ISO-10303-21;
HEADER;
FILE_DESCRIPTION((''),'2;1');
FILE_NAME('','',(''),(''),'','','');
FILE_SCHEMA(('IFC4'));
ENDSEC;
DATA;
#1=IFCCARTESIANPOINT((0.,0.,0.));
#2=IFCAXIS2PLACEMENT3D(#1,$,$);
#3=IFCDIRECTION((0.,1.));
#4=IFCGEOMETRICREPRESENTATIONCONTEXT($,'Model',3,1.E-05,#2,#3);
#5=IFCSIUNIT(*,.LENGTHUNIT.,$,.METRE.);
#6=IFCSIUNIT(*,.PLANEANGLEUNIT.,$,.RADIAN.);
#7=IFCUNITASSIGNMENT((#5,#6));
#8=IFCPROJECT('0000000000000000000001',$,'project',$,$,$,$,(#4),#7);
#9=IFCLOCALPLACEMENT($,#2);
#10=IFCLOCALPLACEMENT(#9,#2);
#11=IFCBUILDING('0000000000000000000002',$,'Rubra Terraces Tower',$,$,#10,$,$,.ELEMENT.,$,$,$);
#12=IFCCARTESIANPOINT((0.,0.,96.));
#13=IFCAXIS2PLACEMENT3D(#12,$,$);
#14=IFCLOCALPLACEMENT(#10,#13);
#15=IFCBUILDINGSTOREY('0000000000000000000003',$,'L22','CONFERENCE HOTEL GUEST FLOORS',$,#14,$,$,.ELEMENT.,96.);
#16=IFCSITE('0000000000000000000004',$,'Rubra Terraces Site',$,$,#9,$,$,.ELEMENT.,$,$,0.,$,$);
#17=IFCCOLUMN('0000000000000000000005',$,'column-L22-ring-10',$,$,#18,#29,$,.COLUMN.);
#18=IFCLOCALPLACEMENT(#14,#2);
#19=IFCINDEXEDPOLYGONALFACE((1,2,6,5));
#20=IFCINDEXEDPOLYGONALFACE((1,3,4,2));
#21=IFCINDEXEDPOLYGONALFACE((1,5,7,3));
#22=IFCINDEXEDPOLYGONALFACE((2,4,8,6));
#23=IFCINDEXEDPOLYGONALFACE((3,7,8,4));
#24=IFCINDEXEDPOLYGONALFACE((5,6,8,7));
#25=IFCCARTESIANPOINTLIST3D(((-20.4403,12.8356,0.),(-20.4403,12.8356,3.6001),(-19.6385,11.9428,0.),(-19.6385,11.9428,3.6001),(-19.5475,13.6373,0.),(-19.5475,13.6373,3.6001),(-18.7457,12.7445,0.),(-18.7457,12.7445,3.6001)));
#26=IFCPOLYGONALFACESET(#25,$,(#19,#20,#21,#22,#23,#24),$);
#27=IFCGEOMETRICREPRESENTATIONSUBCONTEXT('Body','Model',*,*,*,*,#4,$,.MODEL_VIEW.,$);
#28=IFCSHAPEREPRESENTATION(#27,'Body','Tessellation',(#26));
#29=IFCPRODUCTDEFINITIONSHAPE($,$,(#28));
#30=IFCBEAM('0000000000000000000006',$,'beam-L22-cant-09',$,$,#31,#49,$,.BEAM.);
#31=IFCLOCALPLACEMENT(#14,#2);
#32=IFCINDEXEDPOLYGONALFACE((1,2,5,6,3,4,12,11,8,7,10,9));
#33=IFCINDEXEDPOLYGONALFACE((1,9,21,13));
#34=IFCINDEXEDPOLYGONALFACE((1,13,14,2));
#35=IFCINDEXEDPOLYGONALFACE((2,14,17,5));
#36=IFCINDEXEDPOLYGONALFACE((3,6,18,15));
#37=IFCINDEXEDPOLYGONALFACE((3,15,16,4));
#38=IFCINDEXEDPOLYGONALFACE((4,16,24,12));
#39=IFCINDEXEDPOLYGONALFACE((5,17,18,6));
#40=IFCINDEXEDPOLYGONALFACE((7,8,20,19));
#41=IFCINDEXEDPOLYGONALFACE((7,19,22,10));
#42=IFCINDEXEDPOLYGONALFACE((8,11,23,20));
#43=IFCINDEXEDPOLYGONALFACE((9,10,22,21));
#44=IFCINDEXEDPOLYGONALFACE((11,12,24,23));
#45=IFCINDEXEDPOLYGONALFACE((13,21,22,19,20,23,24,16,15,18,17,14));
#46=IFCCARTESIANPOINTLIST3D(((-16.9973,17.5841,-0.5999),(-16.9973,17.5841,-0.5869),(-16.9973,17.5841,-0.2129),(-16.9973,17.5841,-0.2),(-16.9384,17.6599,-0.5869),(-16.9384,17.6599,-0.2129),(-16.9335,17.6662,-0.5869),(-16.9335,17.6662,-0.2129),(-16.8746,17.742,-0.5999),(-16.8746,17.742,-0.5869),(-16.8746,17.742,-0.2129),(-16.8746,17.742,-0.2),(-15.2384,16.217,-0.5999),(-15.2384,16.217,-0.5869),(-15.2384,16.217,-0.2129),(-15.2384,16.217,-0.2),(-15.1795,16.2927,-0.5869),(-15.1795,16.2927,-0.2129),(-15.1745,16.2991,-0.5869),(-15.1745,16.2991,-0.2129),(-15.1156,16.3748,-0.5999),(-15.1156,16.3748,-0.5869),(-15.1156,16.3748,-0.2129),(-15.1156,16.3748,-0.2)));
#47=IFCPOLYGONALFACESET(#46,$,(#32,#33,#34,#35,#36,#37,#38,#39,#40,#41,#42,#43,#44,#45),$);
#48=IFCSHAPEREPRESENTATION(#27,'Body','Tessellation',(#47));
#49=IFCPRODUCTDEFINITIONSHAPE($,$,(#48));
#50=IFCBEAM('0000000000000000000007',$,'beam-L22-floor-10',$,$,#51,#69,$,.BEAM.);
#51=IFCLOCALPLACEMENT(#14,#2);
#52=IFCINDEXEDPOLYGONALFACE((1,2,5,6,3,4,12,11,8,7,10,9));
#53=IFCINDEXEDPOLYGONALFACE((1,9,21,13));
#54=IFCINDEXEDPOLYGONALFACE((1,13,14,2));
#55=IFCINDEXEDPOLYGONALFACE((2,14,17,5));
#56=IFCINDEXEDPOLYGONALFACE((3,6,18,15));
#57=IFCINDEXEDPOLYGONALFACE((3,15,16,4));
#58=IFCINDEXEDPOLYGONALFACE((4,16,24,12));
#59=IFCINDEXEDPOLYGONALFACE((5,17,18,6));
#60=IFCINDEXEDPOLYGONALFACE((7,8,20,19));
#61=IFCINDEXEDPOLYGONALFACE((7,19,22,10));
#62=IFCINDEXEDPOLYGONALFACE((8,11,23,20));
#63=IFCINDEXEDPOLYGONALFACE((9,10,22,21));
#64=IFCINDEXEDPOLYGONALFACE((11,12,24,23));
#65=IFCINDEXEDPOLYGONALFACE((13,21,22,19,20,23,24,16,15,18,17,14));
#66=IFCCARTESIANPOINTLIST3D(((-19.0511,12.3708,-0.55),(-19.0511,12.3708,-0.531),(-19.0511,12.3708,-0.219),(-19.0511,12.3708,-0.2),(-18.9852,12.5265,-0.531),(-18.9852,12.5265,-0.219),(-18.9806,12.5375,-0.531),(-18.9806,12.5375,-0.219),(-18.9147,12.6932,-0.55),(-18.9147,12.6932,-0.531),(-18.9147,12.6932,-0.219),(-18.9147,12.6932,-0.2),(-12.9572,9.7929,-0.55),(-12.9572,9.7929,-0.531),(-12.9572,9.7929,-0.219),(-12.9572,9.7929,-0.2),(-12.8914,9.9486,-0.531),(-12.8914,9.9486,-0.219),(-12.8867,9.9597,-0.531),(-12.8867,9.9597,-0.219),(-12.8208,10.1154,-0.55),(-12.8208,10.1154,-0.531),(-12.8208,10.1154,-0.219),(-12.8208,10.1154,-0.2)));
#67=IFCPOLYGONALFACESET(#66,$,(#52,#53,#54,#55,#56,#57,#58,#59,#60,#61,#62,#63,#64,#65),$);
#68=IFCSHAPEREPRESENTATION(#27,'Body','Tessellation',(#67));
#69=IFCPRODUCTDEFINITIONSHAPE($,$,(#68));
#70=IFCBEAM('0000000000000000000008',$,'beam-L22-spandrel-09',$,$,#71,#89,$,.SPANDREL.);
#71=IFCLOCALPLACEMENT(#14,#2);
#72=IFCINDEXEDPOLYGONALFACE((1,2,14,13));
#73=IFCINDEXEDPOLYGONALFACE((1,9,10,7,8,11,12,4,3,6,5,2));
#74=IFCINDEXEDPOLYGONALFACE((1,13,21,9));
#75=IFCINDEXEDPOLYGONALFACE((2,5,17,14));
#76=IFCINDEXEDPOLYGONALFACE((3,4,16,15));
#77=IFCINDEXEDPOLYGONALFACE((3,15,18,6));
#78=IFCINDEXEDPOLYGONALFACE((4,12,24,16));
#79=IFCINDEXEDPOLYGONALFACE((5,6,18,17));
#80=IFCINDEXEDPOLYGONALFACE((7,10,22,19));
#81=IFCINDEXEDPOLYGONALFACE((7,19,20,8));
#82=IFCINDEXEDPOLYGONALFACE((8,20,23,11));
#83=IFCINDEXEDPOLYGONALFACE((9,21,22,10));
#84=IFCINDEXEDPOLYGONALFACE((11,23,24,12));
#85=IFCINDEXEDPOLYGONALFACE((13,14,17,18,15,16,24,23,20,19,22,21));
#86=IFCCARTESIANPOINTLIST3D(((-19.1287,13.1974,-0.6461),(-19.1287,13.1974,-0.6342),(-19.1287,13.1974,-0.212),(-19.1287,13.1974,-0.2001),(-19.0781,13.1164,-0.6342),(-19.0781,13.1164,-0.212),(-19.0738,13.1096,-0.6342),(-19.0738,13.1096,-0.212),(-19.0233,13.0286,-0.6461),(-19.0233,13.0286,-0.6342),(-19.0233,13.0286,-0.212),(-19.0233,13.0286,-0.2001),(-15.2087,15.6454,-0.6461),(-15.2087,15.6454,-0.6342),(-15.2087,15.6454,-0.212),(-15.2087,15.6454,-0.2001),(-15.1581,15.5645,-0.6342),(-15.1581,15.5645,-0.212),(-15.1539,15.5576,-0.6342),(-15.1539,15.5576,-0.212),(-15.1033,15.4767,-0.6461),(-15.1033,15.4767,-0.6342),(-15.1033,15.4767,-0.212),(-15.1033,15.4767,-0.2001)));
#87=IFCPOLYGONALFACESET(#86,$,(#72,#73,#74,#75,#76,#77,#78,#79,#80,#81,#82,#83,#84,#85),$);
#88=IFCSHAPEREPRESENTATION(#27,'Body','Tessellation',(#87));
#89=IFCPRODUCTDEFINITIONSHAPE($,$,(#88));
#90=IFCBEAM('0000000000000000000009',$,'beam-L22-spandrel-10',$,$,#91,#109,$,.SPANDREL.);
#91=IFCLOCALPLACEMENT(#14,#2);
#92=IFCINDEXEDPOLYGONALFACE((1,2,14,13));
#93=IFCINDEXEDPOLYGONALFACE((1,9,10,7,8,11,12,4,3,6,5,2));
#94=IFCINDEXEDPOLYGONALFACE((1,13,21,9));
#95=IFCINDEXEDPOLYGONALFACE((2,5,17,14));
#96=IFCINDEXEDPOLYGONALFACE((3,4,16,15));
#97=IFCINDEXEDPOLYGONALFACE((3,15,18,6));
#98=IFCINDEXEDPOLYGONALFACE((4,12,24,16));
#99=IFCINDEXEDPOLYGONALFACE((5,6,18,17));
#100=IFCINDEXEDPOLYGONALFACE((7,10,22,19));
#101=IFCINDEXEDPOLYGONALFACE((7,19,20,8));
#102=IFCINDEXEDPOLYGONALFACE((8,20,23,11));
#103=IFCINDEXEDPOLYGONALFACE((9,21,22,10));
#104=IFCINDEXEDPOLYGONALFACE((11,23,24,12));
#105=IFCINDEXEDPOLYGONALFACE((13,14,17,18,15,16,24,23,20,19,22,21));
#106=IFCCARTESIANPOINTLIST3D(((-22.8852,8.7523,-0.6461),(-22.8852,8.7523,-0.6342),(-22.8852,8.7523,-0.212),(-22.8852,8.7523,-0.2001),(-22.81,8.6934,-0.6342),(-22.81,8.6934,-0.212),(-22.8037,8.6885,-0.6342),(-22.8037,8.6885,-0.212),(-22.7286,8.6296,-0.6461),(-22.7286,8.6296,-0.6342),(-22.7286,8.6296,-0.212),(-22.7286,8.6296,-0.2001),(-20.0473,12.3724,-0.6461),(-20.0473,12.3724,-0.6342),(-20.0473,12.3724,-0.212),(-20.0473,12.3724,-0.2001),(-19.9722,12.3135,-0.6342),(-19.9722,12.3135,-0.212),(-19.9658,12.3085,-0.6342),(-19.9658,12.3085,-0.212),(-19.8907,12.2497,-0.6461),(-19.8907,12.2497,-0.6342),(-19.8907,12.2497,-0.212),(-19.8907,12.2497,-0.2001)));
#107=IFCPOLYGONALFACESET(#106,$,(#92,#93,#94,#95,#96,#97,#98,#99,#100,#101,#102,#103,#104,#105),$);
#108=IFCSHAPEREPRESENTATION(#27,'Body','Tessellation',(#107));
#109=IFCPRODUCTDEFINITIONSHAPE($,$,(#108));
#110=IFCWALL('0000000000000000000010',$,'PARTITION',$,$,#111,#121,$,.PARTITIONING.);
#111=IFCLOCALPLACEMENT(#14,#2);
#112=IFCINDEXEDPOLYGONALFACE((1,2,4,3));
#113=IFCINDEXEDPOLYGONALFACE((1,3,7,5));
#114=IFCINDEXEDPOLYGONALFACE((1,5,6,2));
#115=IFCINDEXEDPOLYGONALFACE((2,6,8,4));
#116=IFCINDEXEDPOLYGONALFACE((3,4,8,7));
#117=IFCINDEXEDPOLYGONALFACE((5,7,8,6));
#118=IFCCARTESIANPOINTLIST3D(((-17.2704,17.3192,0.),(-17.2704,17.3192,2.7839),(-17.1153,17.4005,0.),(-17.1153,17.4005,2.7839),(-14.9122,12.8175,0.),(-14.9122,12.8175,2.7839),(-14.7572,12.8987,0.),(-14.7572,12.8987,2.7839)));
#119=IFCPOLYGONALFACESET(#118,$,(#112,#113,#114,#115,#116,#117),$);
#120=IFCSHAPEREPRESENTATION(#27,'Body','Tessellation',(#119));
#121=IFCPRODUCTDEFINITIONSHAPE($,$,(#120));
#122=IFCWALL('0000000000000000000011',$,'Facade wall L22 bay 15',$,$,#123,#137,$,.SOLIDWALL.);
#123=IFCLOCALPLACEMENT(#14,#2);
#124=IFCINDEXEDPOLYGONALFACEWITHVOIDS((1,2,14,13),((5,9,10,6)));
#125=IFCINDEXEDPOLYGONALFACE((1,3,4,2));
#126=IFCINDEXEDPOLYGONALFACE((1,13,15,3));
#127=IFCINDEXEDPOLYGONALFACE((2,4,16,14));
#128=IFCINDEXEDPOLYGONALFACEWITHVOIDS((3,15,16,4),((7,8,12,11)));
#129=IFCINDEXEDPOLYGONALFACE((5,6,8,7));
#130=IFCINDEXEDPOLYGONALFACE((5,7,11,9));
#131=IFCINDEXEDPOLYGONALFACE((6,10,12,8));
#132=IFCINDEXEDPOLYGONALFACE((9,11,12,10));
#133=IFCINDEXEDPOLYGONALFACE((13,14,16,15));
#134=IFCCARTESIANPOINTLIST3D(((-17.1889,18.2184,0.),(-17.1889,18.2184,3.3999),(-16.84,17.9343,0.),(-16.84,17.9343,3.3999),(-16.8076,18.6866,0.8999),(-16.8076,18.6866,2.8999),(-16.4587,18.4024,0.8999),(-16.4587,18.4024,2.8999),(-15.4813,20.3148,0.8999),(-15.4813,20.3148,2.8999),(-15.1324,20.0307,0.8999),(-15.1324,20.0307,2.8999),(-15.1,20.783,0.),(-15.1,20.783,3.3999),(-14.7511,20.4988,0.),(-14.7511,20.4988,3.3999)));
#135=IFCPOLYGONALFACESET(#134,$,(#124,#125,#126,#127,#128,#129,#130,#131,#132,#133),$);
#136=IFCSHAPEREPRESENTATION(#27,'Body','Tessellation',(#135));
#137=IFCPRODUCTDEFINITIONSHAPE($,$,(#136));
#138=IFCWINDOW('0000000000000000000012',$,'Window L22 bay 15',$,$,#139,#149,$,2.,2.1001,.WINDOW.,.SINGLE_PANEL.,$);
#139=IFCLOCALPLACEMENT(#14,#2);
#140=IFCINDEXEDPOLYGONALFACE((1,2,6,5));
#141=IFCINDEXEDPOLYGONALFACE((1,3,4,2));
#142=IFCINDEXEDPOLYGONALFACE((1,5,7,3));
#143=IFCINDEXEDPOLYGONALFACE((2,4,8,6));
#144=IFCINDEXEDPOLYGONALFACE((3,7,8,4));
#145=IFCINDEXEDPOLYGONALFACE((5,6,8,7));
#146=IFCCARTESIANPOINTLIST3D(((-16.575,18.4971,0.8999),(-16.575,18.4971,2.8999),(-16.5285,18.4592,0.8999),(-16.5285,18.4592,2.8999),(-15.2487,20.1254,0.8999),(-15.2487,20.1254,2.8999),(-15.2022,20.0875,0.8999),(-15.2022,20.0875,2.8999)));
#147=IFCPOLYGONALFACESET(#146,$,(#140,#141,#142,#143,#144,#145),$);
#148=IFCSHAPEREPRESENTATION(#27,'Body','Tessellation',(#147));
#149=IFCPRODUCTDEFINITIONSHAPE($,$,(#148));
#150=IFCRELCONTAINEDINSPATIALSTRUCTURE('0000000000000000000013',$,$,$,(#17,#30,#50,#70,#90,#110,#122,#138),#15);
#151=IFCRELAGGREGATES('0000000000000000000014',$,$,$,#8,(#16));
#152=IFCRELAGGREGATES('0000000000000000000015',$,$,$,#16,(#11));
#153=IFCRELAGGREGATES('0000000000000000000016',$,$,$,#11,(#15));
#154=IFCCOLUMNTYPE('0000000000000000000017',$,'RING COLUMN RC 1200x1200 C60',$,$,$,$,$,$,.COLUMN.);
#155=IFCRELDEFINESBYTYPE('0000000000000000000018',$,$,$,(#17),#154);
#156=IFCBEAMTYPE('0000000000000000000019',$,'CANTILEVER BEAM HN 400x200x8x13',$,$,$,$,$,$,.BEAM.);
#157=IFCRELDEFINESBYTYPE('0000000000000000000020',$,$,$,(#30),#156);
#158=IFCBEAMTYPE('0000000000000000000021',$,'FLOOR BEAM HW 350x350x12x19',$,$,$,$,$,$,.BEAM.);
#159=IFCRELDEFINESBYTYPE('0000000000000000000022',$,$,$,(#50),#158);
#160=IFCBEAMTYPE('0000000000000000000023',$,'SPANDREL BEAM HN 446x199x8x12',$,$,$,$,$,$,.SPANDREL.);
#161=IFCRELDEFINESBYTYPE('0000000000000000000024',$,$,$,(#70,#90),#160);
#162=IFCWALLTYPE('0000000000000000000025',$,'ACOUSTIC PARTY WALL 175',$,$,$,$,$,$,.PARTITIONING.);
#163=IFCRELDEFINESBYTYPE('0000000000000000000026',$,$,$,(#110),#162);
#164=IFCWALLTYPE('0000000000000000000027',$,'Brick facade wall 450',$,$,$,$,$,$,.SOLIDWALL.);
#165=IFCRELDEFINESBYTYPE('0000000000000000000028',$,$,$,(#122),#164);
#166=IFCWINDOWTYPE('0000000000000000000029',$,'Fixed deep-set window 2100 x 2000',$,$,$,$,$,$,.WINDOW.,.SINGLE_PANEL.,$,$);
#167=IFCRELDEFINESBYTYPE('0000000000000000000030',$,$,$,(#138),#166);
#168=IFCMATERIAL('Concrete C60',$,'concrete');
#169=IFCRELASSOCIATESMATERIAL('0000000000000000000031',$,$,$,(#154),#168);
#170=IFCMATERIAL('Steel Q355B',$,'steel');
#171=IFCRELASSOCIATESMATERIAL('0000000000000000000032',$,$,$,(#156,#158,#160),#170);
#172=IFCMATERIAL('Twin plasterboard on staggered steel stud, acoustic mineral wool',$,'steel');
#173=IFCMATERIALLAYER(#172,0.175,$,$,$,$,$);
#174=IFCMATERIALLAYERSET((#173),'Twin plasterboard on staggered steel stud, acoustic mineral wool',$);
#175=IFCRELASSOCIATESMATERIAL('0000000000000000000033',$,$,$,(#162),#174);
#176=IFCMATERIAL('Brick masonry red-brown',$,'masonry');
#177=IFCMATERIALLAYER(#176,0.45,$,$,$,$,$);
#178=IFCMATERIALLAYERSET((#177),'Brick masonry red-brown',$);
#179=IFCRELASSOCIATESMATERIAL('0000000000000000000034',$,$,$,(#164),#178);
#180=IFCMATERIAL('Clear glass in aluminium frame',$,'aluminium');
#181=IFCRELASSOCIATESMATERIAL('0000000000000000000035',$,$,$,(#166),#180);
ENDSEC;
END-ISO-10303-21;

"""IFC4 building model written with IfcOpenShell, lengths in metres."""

from ifc_helpers import new_model, si_unit, direction, frame, frame_2d, origin, origin_2d, place, context, subcontext, project, spatial, rectangle, i_section, extrude, material, layer, layer_set, material_profile, profile_set, type_object, element, fill, save


model = new_model("IFC4")

# Units and contexts
model_context = context("Model", 3, precision=1e-05, world=origin(), true_north=direction((0.0, 1.0)))
body_context = subcontext(model_context, "Body", "Model", "MODEL_VIEW")
ifc_project = project(units=[si_unit("LENGTHUNIT", "METRE"), si_unit("PLANEANGLEUNIT", "RADIAN")], contexts=[model_context])

# Site, building, storey
site_placement = place(None, origin())
site = spatial("IfcSite", under=ifc_project, at=site_placement, Name="Rubra Terraces Site", CompositionType="ELEMENT", RefElevation=0.0)
building_placement = place(site_placement, origin())
building = spatial("IfcBuilding", under=site, at=building_placement, Name="Rubra Terraces Tower", CompositionType="ELEMENT")
storey_placement = place(building_placement, frame((0.0, 0.0, 96.0)))
storey = spatial("IfcBuildingStorey", under=building, at=storey_placement, Name="L22", Description="CONFERENCE HOTEL GUEST FLOORS", CompositionType="ELEMENT", Elevation=96.0)

# Column
ifc_material_1 = material(Name="Concrete C60", Category="concrete")
ifc_material_profile_1 = material_profile(ifc_material_1, rectangle(XDim=1.2, YDim=1.2, at=origin_2d()), Name="RC 1200x1200")
ifc_profile_set_1 = profile_set([ifc_material_profile_1], Name="Concrete C60")
column_type = type_object("IfcColumnType", Name="RING COLUMN RC 1200x1200 C60", PredefinedType="COLUMN", material=ifc_profile_set_1)
column_placement = place(storey_placement, frame((-19.593, 12.79, 0.0), z_axis=(0.0, 0.0, 1.0), x_axis=(-0.744021, -0.668156, 0.0)))
element("IfcColumn", 1, at=column_placement, inside=storey, type_object=column_type, Name="column-L22-ring-10", PredefinedType="COLUMN", context=body_context, shape_type="SweptSolid", body=[
    extrude(rectangle(XDim=1.2, YDim=1.2, at=origin_2d()), origin(), (0.0, 0.0, 1.0), 3.6001),
])

# Beams
ifc_material_2 = material(Name="Steel Q355B", Category="steel")
ifc_material_profile_2 = material_profile(ifc_material_2, i_section(OverallWidth=0.2, OverallDepth=0.3999, WebThickness=0.0081, FlangeThickness=0.0129, at=origin_2d()), Name="HN 400x200x8x13")
ifc_profile_set_2 = profile_set([ifc_material_profile_2], Name="Steel Q355B")
beam_type_1 = type_object("IfcBeamType", Name="CANTILEVER BEAM HN 400x200x8x13", PredefinedType="BEAM", material=ifc_profile_set_2)
beam_1_placement = place(storey_placement, frame((-15.177, 16.2959, -0.3999), z_axis=(-0.789559, 0.613675, 0.0), x_axis=(-0.613675, -0.789559, 0.0)))
element("IfcBeam", 2, at=beam_1_placement, inside=storey, type_object=beam_type_1, Name="beam-L22-cant-09", PredefinedType="BEAM", context=body_context, shape_type="SweptSolid", body=[
    extrude(i_section(OverallWidth=0.2, OverallDepth=0.3999, WebThickness=0.0081, FlangeThickness=0.0129, at=origin_2d()), origin(), (0.0, 0.0, 1.0), 2.2278),
])
ifc_material_profile_3 = material_profile(ifc_material_2, i_section(OverallWidth=0.3501, OverallDepth=0.3501, WebThickness=0.012, FlangeThickness=0.019, at=origin_2d()), Name="HW 350x350x12x19")
ifc_profile_set_3 = profile_set([ifc_material_profile_3], Name="Steel Q355B")
beam_type_2 = type_object("IfcBeamType", Name="FLOOR BEAM HW 350x350x12x19", PredefinedType="BEAM", material=ifc_profile_set_3)
beam_2_placement = place(storey_placement, frame((-18.9829, 12.532, -0.375), z_axis=(0.920986, -0.389595, 0.0), x_axis=(0.389595, 0.920986, 0.0)))
element("IfcBeam", 3, at=beam_2_placement, inside=storey, type_object=beam_type_2, Name="beam-L22-floor-10", PredefinedType="BEAM", context=body_context, shape_type="SweptSolid", body=[
    extrude(i_section(OverallWidth=0.3501, OverallDepth=0.3501, WebThickness=0.012, FlangeThickness=0.019, at=origin_2d()), origin(), (0.0, 0.0, 1.0), 6.6167),
])
ifc_material_profile_4 = material_profile(ifc_material_2, i_section(OverallWidth=0.199, OverallDepth=0.446, WebThickness=0.0081, FlangeThickness=0.012, at=origin_2d()), Name="HN 446x199x8x12")
ifc_profile_set_4 = profile_set([ifc_material_profile_4], Name="Steel Q355B")
beam_type_3 = type_object("IfcBeamType", Name="SPANDREL BEAM HN 446x199x8x12", PredefinedType="SPANDREL", material=ifc_profile_set_4)
beam_3_placement = place(storey_placement, frame((-15.156, 15.561, -0.4231), z_axis=(-0.848188, -0.529695, 0.0), x_axis=(0.529695, -0.848188, 0.0)))
element("IfcBeam", 4, at=beam_3_placement, inside=storey, type_object=beam_type_3, Name="beam-L22-spandrel-09", PredefinedType="SPANDREL", context=body_context, shape_type="SweptSolid", body=[
    extrude(i_section(OverallWidth=0.199, OverallDepth=0.446, WebThickness=0.0081, FlangeThickness=0.012, at=origin_2d()), origin(), (0.0, 0.0, 1.0), 4.6216),
])
beam_4_placement = place(storey_placement, frame((-19.969, 12.311, -0.4231), z_axis=(-0.616949, -0.787003, 0.0), x_axis=(0.787003, -0.616949, 0.0)))
element("IfcBeam", 5, at=beam_4_placement, inside=storey, type_object=beam_type_3, Name="beam-L22-spandrel-10", PredefinedType="SPANDREL", context=body_context, shape_type="SweptSolid", body=[
    extrude(i_section(OverallWidth=0.199, OverallDepth=0.446, WebThickness=0.0081, FlangeThickness=0.012, at=origin_2d()), origin(), (0.0, 0.0, 1.0), 4.5999),
])

# Wall
ifc_material_3 = material(Name="Twin plasterboard on staggered steel stud, acoustic mineral wool", Category="steel")
ifc_layer_1 = layer(ifc_material_3, 0.175)
ifc_layer_set_1 = layer_set([ifc_layer_1], Name="Twin plasterboard on staggered steel stud, acoustic mineral wool")
wall_type_1 = type_object("IfcWallType", Name="ACOUSTIC PARTY WALL 175", PredefinedType="PARTITIONING", material=ifc_layer_set_1)
wall_1_placement = place(storey_placement, frame((-17.1929, 17.3599, 0.0), z_axis=(0.0, 0.0, 1.0), x_axis=(0.464025, -0.885822, 0.0)))
element("IfcWall", 6, at=wall_1_placement, inside=storey, type_object=wall_type_1, Name="PARTITION", PredefinedType="PARTITIONING", context=body_context, shape_type="SweptSolid", body=[
    extrude(rectangle(XDim=5.082, YDim=0.175, at=frame_2d((2.541, 0.0))), origin(), (0.0, 0.0, 1.0), 2.7839),
])

# Wall, opening, window
ifc_material_4 = material(Name="Brick masonry red-brown", Category="masonry")
ifc_layer_2 = layer(ifc_material_4, 0.45)
ifc_layer_set_2 = layer_set([ifc_layer_2], Name="Brick masonry red-brown")
wall_type_2 = type_object("IfcWallType", Name="Brick facade wall 450", PredefinedType="SOLIDWALL", material=ifc_layer_set_2)
wall_2_placement = place(storey_placement, frame((-14.9255, 20.6409, 0.0), z_axis=(0.0, 0.0, 1.0), x_axis=(-0.631548, -0.775337, 0.0)))
wall_2 = element("IfcWall", 7, at=wall_2_placement, inside=storey, type_object=wall_type_2, Name="Facade wall L22 bay 15", PredefinedType="SOLIDWALL", context=body_context, shape_type="SweptSolid", body=[
    extrude(rectangle(XDim=3.3076, YDim=0.45, at=frame_2d((1.6538, 0.0))), origin(), (0.0, 0.0, 1.0), 3.3999),
])
opening_1_placement = place(wall_2_placement, frame((0.6038, 0.0, 0.8999)))
opening_1 = element("IfcOpeningElement", 8, at=opening_1_placement, cuts=wall_2, PredefinedType="OPENING", context=body_context, shape_type="SweptSolid", body=[
    extrude(rectangle(XDim=2.1001, YDim=2.0, at=frame_2d((1.05, 1.0))), frame((0.0, 0.2349, 0.0), z_axis=(0.0, -1.0, 0.0), x_axis=(1.0, 0.0, 0.0)), (0.0, 0.0, 1.0), 0.47),
])
ifc_material_5 = material(Name="Clear glass in aluminium frame", Category="aluminium")
window_type_1 = type_object("IfcWindowType", Name="Fixed deep-set window 2100 x 2000", PartitioningType="SINGLE_PANEL", PredefinedType="WINDOW", material=ifc_material_5)
window_1_placement = place(opening_1_placement, origin())
window_1 = element("IfcWindow", 9, at=window_1_placement, inside=storey, type_object=window_type_1, Name="Window L22 bay 15", OverallHeight=2.0, OverallWidth=2.1001, PartitioningType="SINGLE_PANEL", PredefinedType="WINDOW", context=body_context, shape_type="SweptSolid", body=[
    extrude(rectangle(XDim=2.1001, YDim=2.0, at=frame_2d((1.05, 1.0))), frame((0.0, 0.135, 0.0), z_axis=(0.0, -1.0, 0.0), x_axis=(1.0, 0.0, 0.0)), (0.0, 0.0, 1.0), 0.0601),
])
fill(opening_1, window_1)

save(model, "model.ifc")
